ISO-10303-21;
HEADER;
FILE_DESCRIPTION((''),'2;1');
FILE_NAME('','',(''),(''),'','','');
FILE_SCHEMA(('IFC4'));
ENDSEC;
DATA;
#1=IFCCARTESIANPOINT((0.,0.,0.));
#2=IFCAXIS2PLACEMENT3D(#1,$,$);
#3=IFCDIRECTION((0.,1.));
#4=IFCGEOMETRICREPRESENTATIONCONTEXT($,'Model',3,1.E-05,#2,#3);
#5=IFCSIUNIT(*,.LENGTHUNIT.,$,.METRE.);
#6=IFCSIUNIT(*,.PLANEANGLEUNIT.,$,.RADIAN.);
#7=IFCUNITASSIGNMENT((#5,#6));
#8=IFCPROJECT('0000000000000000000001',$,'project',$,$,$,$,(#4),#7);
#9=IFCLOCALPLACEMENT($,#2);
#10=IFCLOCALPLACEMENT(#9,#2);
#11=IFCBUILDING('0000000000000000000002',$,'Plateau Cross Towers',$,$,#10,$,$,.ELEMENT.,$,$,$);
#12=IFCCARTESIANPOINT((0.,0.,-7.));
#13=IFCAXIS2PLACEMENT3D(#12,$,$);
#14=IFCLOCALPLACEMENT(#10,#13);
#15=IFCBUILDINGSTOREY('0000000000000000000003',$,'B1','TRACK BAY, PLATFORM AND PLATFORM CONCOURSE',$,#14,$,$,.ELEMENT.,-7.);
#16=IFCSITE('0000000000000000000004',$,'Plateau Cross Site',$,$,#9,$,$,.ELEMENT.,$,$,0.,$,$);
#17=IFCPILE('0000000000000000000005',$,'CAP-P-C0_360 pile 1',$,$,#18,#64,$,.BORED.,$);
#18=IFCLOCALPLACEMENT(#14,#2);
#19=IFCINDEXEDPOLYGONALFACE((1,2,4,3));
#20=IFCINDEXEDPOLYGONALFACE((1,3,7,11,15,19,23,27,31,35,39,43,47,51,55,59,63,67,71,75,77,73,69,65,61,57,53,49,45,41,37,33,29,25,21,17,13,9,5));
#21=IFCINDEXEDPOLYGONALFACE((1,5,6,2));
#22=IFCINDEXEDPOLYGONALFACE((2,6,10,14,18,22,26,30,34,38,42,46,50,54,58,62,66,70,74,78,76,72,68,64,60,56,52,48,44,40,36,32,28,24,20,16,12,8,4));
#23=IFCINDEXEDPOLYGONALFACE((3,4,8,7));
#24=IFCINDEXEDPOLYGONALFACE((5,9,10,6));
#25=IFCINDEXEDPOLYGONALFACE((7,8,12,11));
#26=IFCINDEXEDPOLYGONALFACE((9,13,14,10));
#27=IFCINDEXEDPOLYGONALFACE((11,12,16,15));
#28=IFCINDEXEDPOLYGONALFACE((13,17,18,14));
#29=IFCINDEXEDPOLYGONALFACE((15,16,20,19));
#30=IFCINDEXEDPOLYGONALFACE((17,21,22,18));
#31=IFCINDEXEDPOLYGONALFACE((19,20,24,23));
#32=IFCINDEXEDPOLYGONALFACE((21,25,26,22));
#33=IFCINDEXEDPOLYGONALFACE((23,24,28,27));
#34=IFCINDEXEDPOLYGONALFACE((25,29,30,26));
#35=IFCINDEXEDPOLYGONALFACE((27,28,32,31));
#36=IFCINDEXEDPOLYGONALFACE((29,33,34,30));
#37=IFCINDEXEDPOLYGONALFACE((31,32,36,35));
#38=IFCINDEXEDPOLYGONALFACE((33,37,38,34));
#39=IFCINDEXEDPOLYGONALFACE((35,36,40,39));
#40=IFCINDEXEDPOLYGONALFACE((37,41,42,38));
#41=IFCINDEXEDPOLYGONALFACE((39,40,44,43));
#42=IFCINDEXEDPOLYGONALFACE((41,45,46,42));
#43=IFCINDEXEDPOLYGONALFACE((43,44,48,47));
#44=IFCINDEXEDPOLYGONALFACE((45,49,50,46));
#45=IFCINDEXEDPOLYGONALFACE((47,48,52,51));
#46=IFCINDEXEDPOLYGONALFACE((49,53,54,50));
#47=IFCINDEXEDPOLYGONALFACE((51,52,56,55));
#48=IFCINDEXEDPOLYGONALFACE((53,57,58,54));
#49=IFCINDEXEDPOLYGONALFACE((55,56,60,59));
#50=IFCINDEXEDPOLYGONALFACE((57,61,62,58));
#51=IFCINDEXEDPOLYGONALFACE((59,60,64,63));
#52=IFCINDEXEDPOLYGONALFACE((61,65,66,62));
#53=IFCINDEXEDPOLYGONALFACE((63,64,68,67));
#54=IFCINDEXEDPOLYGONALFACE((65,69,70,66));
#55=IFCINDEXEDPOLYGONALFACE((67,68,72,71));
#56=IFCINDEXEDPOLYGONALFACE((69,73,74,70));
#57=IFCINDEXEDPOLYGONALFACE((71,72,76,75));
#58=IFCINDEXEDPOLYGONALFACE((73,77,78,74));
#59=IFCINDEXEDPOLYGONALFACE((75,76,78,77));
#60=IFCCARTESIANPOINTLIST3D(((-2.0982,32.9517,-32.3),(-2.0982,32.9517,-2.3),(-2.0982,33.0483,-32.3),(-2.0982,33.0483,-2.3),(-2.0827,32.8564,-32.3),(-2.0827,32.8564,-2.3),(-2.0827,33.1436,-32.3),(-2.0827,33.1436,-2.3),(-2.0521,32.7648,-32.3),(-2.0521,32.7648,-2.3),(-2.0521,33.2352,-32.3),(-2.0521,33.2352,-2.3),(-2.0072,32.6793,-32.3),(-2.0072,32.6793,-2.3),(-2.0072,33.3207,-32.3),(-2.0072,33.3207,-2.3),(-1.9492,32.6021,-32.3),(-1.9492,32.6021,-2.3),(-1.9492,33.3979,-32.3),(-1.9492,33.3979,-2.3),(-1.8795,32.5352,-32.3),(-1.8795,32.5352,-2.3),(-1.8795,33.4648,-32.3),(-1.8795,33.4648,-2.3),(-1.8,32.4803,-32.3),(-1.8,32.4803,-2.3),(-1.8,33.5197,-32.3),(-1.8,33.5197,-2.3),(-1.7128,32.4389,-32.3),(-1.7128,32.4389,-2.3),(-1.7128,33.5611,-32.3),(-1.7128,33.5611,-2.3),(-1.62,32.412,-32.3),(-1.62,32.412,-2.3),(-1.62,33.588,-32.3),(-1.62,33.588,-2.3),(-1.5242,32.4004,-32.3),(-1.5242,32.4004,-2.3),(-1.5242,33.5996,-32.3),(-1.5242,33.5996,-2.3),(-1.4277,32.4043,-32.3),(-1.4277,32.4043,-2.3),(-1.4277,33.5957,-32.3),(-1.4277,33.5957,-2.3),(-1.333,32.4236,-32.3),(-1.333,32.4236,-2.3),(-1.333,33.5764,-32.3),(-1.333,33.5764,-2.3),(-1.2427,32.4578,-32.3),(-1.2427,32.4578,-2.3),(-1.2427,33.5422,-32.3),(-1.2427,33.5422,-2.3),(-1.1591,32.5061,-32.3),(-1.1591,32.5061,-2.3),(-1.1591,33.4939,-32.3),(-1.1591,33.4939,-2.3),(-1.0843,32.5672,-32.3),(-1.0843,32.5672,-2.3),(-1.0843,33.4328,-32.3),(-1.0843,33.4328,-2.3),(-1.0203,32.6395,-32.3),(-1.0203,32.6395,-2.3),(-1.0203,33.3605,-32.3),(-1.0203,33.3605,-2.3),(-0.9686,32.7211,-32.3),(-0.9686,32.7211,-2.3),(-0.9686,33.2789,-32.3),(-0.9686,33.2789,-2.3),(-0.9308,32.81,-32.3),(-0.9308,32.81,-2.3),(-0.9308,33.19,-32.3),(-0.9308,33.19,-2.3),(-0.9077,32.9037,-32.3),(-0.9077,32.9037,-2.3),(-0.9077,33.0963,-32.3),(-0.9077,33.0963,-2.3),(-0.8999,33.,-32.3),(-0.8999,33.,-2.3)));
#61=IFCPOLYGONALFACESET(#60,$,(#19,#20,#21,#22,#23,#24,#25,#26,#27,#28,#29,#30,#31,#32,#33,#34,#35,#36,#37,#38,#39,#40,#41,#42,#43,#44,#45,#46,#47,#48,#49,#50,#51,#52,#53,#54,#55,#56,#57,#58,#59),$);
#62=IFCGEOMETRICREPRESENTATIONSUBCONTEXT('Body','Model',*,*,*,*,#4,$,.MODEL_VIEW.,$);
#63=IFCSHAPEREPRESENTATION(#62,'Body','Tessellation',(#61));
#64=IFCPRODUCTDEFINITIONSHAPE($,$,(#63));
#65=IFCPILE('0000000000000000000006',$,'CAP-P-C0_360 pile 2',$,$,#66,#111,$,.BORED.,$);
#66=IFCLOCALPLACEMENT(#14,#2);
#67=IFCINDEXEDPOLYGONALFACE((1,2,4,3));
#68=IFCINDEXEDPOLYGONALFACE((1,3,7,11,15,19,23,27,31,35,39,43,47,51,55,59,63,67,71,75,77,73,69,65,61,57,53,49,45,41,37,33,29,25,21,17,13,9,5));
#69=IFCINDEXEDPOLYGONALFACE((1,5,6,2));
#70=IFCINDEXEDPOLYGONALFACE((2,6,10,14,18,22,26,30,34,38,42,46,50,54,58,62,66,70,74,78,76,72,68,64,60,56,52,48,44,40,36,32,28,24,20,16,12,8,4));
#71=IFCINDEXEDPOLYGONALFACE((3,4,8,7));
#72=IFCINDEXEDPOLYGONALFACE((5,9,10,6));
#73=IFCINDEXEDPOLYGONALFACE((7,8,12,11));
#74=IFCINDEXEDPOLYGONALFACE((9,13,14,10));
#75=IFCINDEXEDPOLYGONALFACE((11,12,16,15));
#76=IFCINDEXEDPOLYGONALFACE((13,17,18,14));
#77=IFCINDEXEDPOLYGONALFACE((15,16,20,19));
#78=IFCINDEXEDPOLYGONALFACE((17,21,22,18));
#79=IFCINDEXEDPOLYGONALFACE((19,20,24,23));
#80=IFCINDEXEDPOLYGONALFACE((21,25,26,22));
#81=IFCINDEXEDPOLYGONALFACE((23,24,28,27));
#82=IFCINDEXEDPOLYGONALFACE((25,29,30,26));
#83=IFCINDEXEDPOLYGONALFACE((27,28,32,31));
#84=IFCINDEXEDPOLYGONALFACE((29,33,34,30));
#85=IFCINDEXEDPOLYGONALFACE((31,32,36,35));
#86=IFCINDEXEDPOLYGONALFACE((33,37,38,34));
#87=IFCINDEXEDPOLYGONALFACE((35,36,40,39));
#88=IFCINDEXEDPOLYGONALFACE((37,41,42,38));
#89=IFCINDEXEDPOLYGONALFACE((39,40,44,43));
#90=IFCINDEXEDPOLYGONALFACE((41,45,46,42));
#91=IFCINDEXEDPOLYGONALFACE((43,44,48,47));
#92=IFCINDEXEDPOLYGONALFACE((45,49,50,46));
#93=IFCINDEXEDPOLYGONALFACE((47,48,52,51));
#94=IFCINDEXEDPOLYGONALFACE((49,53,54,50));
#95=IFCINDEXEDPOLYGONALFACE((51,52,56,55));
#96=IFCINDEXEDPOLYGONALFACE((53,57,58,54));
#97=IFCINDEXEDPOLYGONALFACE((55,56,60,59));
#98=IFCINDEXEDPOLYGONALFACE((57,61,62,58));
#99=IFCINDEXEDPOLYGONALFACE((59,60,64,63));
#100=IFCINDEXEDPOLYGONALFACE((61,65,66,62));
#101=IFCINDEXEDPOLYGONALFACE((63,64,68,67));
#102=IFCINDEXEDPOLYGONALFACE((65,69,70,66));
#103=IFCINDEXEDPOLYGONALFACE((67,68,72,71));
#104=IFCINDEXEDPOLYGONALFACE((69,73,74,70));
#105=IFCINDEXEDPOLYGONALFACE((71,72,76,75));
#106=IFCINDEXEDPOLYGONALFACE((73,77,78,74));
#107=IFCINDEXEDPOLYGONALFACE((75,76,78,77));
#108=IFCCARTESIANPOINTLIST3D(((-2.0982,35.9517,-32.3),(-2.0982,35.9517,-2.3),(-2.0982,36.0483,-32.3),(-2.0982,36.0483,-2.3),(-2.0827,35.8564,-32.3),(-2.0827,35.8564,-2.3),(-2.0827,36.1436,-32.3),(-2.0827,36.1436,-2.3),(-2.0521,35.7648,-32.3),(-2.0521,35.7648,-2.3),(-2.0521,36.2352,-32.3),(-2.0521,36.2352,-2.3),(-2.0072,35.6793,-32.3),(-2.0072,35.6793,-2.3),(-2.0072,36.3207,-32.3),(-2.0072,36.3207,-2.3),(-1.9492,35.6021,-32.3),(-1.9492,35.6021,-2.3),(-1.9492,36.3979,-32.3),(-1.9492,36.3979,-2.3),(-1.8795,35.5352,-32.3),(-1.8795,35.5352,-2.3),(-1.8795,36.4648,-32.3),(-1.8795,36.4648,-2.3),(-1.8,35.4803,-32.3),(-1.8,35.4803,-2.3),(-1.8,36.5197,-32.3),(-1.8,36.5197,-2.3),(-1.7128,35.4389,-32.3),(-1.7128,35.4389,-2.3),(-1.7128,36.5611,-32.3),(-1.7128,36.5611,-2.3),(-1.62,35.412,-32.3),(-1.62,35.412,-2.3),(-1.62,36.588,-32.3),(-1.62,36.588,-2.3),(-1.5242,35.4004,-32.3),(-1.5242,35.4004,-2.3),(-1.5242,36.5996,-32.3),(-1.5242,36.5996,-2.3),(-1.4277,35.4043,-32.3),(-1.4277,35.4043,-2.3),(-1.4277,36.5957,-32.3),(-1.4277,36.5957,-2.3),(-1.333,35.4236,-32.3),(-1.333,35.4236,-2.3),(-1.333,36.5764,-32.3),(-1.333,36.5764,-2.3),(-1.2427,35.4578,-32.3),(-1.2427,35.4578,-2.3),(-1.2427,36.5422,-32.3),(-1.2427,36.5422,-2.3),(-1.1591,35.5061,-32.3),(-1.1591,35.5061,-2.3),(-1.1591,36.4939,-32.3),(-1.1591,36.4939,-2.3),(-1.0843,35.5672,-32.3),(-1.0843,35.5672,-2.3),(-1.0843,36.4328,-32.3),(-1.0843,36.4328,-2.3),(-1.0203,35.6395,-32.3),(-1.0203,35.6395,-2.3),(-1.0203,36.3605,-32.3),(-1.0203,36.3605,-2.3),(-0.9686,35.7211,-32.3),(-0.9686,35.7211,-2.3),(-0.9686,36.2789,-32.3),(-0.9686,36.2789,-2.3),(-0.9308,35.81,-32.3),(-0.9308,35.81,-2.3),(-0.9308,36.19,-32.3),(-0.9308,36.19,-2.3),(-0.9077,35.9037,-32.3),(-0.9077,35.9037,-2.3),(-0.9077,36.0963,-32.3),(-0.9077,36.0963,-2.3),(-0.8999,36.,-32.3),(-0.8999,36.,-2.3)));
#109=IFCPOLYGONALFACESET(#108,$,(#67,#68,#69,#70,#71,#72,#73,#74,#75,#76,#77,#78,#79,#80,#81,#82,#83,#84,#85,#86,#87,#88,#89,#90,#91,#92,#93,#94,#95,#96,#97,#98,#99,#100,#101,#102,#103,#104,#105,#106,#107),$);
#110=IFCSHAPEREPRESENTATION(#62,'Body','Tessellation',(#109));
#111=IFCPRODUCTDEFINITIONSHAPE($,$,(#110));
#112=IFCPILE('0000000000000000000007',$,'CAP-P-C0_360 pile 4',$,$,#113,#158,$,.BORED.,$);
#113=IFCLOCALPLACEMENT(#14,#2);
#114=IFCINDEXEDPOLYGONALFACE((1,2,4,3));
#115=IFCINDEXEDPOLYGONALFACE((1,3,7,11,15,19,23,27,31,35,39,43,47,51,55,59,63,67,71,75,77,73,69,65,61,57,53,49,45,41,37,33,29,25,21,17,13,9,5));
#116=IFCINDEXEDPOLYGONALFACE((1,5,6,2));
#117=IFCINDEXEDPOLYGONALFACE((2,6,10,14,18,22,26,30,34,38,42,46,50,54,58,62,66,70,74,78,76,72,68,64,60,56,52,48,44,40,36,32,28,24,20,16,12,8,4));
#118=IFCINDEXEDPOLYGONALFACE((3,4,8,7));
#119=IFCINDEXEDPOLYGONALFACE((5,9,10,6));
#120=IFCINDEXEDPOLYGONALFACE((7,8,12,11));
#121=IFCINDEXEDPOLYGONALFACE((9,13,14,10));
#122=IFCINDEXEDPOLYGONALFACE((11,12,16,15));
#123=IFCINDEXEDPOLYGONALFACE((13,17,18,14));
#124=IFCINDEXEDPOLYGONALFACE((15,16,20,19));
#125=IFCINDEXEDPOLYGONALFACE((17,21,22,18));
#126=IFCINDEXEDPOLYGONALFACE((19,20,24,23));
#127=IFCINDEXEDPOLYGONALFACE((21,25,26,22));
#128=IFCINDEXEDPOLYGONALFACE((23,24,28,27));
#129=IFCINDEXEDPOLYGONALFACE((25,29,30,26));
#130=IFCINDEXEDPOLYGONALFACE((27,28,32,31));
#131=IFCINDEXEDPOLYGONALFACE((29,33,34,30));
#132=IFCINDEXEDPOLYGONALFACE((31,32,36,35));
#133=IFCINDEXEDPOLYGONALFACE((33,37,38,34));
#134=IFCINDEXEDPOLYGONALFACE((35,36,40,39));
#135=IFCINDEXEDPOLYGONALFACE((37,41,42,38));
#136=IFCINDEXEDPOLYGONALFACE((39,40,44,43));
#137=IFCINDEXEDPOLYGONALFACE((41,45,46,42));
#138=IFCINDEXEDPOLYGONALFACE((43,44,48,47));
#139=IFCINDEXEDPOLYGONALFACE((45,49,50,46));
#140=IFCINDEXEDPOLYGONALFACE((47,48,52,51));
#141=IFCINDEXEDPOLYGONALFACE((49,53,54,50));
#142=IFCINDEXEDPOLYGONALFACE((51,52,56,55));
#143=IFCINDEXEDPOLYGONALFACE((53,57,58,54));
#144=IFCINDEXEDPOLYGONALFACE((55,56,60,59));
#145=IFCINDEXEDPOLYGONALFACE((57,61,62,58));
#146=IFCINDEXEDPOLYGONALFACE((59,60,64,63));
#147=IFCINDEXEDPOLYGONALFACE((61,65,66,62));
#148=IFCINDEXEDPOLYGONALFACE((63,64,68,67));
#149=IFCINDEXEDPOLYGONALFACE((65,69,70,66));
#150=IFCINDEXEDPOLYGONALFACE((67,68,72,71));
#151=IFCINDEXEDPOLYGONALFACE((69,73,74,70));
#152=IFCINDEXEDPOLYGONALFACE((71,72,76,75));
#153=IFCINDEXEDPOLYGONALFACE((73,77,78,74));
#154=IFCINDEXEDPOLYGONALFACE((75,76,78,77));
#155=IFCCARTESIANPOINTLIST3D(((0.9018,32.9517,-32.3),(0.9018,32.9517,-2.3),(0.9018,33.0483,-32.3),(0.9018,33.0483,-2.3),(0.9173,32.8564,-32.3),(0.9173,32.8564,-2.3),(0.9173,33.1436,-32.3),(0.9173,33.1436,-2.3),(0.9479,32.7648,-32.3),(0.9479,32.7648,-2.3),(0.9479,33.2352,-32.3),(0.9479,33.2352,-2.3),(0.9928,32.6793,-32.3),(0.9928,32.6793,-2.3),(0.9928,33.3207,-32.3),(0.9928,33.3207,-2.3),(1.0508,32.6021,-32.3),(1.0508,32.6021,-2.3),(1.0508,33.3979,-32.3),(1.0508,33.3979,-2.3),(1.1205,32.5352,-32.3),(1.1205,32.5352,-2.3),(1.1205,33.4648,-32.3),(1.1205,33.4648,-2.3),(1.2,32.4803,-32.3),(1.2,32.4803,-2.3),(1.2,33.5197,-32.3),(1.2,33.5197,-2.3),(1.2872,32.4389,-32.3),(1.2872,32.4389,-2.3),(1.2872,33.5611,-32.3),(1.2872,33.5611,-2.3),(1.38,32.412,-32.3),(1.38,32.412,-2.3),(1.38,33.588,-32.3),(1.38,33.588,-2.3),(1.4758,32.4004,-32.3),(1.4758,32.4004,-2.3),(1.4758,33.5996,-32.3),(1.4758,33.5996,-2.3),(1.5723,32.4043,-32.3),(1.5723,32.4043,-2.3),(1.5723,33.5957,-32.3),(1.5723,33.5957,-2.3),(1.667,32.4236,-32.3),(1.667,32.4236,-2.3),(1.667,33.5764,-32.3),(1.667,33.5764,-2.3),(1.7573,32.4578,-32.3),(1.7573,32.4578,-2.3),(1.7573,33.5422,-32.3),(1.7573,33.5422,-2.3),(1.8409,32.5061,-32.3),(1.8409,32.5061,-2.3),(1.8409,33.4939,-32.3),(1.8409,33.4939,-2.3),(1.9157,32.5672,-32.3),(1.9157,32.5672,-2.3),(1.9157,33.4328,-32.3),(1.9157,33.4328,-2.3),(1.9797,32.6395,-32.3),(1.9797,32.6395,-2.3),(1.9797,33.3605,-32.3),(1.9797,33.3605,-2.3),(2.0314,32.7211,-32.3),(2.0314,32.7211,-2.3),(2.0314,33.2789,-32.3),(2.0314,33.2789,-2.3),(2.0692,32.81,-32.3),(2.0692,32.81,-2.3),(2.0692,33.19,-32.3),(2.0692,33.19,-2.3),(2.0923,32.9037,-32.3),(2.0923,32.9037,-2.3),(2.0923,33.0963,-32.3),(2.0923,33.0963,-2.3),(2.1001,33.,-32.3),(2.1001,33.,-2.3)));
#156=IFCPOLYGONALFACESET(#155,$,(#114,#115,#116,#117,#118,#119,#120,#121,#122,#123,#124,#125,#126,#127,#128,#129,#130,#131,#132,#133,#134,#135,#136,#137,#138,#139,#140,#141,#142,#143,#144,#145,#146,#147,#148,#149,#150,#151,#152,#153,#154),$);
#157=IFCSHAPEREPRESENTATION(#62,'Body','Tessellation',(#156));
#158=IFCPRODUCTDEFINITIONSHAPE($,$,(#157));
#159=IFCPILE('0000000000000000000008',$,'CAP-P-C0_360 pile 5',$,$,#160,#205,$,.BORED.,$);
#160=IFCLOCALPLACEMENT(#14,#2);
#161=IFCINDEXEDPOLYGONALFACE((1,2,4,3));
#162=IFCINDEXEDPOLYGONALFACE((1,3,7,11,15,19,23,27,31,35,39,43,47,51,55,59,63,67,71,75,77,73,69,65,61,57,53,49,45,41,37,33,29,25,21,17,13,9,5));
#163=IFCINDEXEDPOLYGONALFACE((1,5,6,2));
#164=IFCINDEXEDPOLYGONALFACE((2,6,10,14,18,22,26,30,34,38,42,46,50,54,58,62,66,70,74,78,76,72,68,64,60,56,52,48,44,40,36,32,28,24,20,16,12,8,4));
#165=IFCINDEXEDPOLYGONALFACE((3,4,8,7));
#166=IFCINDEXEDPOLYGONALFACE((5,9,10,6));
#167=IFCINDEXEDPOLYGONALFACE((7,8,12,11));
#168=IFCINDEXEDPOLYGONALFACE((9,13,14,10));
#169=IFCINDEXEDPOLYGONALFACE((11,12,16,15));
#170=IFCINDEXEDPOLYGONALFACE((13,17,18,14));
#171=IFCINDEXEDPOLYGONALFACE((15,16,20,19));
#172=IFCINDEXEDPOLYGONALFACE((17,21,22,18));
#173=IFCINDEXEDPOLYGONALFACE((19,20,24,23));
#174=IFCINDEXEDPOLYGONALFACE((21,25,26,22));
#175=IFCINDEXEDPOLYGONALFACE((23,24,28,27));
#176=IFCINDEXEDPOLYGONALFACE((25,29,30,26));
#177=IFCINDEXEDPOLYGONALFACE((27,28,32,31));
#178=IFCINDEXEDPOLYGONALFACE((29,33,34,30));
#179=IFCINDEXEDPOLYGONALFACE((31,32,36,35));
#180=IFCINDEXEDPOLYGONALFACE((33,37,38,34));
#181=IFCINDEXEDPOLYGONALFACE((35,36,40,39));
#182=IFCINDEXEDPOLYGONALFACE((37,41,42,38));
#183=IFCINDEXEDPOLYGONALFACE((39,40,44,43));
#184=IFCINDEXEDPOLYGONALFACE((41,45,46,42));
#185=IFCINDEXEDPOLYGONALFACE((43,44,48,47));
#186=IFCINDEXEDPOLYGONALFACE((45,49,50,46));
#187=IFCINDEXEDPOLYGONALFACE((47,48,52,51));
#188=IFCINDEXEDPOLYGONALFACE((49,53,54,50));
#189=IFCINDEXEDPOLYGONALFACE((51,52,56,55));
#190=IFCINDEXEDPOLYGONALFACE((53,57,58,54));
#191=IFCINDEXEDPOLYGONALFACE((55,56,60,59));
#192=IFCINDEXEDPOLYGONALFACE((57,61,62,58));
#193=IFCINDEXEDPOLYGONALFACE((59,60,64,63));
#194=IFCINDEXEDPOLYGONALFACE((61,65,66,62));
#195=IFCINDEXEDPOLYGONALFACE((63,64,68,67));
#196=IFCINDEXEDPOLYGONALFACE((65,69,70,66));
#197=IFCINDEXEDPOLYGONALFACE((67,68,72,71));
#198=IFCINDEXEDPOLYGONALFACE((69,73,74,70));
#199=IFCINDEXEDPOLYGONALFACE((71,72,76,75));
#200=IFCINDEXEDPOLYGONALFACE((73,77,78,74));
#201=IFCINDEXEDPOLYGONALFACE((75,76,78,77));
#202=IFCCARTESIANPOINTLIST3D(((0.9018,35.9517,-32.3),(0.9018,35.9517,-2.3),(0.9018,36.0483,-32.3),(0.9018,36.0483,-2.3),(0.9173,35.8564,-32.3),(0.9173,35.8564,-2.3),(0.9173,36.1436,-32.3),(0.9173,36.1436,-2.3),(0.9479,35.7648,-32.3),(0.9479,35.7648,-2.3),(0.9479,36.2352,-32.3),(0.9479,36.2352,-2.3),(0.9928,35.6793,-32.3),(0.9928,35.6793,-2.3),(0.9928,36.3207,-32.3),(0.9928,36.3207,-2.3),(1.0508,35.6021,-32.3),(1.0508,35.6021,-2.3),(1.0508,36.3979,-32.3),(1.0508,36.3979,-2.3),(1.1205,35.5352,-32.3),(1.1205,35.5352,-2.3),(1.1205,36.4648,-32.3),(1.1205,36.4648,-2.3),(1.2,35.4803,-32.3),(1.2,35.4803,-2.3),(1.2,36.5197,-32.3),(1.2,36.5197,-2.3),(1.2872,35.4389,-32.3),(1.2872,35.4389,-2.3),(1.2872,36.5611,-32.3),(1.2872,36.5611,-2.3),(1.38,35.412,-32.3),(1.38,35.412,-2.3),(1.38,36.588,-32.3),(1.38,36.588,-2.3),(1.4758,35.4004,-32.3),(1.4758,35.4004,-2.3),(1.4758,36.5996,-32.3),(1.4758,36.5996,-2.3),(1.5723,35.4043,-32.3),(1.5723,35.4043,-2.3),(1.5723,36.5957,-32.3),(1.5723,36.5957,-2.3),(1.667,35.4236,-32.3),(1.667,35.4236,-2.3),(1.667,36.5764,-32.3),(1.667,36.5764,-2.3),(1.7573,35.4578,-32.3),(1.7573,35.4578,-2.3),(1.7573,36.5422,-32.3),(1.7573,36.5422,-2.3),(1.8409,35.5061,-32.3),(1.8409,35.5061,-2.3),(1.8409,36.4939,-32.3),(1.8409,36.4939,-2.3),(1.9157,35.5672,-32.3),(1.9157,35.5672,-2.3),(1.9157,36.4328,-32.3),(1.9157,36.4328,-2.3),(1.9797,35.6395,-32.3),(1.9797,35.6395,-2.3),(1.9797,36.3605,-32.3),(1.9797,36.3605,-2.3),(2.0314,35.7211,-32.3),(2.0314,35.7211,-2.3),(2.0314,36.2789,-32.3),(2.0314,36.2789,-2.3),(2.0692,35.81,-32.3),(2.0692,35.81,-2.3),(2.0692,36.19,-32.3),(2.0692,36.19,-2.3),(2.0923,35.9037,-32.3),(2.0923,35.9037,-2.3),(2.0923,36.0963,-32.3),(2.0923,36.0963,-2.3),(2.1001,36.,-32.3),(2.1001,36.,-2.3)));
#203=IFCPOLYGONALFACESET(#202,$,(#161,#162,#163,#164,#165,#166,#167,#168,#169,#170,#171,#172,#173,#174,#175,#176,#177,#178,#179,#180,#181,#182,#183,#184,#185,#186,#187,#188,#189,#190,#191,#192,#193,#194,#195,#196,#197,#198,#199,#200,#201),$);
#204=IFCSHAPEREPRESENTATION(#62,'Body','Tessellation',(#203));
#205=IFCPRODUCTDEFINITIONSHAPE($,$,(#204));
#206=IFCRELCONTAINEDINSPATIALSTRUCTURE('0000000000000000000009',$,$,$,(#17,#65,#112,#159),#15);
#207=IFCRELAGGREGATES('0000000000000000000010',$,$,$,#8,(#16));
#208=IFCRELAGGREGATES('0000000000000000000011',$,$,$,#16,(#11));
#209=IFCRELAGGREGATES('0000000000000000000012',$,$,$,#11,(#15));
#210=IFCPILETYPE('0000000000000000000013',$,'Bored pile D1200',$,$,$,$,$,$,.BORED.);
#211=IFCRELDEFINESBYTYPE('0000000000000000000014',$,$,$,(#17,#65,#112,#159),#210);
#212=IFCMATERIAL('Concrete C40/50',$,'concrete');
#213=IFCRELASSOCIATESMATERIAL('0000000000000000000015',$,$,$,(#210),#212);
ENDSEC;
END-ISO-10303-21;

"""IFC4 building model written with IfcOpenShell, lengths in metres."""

from ifc_helpers import new_model, si_unit, direction, frame, origin, origin_2d, place, context, subcontext, project, spatial, circle, extrude, material, material_profile, profile_set, type_object, element, save


model = new_model("IFC4")

# Units and contexts
model_context = context("Model", 3, precision=1e-05, world=origin(), true_north=direction((0.0, 1.0)))
body_context = subcontext(model_context, "Body", "Model", "MODEL_VIEW")
ifc_project = project(units=[si_unit("LENGTHUNIT", "METRE"), si_unit("PLANEANGLEUNIT", "RADIAN")], contexts=[model_context])

# Site, building, storey
site_placement = place(None, origin())
site = spatial("IfcSite", under=ifc_project, at=site_placement, Name="Plateau Cross Site", CompositionType="ELEMENT", RefElevation=0.0)
building_placement = place(site_placement, origin())
building = spatial("IfcBuilding", under=site, at=building_placement, Name="Plateau Cross Towers", CompositionType="ELEMENT")
storey_placement = place(building_placement, frame((0.0, 0.0, -7.0)))
storey = spatial("IfcBuildingStorey", under=building, at=storey_placement, Name="B1", Description="TRACK BAY, PLATFORM AND PLATFORM CONCOURSE", CompositionType="ELEMENT", Elevation=-7.0)

# Piles
ifc_material_1 = material(Name="Concrete C40/50", Category="concrete")
ifc_material_profile_1 = material_profile(ifc_material_1, circle(Radius=0.6001, at=origin_2d()), Name="Bored pile D1200")
ifc_profile_set_1 = profile_set([ifc_material_profile_1], Name="Concrete C40/50")
pile_type = type_object("IfcPileType", Name="Bored pile D1200", PredefinedType="BORED", material=ifc_profile_set_1)
for number, where, z_axis, x_axis, name in (
    (1, (-1.5, 33.0, -2.3), (0.0, 0.0, -1.0), (1.0, 0.0, 0.0), "CAP-P-C0_360 pile 1"),
    (2, (-1.5, 36.0, -2.3), (0.0, 0.0, -1.0), (1.0, 0.0, 0.0), "CAP-P-C0_360 pile 2"),
    (3, (1.5, 33.0, -2.3), (0.0, 0.0, -1.0), (1.0, 0.0, 0.0), "CAP-P-C0_360 pile 4"),
    (4, (1.5, 36.0, -2.3), (0.0, 0.0, -1.0), (1.0, 0.0, 0.0), "CAP-P-C0_360 pile 5"),
):
    element("IfcPile", number, at=place(storey_placement, frame(where, z_axis=z_axis, x_axis=x_axis)), inside=storey, type_object=pile_type, Name=name, PredefinedType="BORED", context=body_context, shape_type="SweptSolid", body=[
        extrude(circle(Radius=0.6001, at=origin_2d()), origin(), (0.0, 0.0, 1.0), 30.0),
    ])

save(model, "model.ifc")
